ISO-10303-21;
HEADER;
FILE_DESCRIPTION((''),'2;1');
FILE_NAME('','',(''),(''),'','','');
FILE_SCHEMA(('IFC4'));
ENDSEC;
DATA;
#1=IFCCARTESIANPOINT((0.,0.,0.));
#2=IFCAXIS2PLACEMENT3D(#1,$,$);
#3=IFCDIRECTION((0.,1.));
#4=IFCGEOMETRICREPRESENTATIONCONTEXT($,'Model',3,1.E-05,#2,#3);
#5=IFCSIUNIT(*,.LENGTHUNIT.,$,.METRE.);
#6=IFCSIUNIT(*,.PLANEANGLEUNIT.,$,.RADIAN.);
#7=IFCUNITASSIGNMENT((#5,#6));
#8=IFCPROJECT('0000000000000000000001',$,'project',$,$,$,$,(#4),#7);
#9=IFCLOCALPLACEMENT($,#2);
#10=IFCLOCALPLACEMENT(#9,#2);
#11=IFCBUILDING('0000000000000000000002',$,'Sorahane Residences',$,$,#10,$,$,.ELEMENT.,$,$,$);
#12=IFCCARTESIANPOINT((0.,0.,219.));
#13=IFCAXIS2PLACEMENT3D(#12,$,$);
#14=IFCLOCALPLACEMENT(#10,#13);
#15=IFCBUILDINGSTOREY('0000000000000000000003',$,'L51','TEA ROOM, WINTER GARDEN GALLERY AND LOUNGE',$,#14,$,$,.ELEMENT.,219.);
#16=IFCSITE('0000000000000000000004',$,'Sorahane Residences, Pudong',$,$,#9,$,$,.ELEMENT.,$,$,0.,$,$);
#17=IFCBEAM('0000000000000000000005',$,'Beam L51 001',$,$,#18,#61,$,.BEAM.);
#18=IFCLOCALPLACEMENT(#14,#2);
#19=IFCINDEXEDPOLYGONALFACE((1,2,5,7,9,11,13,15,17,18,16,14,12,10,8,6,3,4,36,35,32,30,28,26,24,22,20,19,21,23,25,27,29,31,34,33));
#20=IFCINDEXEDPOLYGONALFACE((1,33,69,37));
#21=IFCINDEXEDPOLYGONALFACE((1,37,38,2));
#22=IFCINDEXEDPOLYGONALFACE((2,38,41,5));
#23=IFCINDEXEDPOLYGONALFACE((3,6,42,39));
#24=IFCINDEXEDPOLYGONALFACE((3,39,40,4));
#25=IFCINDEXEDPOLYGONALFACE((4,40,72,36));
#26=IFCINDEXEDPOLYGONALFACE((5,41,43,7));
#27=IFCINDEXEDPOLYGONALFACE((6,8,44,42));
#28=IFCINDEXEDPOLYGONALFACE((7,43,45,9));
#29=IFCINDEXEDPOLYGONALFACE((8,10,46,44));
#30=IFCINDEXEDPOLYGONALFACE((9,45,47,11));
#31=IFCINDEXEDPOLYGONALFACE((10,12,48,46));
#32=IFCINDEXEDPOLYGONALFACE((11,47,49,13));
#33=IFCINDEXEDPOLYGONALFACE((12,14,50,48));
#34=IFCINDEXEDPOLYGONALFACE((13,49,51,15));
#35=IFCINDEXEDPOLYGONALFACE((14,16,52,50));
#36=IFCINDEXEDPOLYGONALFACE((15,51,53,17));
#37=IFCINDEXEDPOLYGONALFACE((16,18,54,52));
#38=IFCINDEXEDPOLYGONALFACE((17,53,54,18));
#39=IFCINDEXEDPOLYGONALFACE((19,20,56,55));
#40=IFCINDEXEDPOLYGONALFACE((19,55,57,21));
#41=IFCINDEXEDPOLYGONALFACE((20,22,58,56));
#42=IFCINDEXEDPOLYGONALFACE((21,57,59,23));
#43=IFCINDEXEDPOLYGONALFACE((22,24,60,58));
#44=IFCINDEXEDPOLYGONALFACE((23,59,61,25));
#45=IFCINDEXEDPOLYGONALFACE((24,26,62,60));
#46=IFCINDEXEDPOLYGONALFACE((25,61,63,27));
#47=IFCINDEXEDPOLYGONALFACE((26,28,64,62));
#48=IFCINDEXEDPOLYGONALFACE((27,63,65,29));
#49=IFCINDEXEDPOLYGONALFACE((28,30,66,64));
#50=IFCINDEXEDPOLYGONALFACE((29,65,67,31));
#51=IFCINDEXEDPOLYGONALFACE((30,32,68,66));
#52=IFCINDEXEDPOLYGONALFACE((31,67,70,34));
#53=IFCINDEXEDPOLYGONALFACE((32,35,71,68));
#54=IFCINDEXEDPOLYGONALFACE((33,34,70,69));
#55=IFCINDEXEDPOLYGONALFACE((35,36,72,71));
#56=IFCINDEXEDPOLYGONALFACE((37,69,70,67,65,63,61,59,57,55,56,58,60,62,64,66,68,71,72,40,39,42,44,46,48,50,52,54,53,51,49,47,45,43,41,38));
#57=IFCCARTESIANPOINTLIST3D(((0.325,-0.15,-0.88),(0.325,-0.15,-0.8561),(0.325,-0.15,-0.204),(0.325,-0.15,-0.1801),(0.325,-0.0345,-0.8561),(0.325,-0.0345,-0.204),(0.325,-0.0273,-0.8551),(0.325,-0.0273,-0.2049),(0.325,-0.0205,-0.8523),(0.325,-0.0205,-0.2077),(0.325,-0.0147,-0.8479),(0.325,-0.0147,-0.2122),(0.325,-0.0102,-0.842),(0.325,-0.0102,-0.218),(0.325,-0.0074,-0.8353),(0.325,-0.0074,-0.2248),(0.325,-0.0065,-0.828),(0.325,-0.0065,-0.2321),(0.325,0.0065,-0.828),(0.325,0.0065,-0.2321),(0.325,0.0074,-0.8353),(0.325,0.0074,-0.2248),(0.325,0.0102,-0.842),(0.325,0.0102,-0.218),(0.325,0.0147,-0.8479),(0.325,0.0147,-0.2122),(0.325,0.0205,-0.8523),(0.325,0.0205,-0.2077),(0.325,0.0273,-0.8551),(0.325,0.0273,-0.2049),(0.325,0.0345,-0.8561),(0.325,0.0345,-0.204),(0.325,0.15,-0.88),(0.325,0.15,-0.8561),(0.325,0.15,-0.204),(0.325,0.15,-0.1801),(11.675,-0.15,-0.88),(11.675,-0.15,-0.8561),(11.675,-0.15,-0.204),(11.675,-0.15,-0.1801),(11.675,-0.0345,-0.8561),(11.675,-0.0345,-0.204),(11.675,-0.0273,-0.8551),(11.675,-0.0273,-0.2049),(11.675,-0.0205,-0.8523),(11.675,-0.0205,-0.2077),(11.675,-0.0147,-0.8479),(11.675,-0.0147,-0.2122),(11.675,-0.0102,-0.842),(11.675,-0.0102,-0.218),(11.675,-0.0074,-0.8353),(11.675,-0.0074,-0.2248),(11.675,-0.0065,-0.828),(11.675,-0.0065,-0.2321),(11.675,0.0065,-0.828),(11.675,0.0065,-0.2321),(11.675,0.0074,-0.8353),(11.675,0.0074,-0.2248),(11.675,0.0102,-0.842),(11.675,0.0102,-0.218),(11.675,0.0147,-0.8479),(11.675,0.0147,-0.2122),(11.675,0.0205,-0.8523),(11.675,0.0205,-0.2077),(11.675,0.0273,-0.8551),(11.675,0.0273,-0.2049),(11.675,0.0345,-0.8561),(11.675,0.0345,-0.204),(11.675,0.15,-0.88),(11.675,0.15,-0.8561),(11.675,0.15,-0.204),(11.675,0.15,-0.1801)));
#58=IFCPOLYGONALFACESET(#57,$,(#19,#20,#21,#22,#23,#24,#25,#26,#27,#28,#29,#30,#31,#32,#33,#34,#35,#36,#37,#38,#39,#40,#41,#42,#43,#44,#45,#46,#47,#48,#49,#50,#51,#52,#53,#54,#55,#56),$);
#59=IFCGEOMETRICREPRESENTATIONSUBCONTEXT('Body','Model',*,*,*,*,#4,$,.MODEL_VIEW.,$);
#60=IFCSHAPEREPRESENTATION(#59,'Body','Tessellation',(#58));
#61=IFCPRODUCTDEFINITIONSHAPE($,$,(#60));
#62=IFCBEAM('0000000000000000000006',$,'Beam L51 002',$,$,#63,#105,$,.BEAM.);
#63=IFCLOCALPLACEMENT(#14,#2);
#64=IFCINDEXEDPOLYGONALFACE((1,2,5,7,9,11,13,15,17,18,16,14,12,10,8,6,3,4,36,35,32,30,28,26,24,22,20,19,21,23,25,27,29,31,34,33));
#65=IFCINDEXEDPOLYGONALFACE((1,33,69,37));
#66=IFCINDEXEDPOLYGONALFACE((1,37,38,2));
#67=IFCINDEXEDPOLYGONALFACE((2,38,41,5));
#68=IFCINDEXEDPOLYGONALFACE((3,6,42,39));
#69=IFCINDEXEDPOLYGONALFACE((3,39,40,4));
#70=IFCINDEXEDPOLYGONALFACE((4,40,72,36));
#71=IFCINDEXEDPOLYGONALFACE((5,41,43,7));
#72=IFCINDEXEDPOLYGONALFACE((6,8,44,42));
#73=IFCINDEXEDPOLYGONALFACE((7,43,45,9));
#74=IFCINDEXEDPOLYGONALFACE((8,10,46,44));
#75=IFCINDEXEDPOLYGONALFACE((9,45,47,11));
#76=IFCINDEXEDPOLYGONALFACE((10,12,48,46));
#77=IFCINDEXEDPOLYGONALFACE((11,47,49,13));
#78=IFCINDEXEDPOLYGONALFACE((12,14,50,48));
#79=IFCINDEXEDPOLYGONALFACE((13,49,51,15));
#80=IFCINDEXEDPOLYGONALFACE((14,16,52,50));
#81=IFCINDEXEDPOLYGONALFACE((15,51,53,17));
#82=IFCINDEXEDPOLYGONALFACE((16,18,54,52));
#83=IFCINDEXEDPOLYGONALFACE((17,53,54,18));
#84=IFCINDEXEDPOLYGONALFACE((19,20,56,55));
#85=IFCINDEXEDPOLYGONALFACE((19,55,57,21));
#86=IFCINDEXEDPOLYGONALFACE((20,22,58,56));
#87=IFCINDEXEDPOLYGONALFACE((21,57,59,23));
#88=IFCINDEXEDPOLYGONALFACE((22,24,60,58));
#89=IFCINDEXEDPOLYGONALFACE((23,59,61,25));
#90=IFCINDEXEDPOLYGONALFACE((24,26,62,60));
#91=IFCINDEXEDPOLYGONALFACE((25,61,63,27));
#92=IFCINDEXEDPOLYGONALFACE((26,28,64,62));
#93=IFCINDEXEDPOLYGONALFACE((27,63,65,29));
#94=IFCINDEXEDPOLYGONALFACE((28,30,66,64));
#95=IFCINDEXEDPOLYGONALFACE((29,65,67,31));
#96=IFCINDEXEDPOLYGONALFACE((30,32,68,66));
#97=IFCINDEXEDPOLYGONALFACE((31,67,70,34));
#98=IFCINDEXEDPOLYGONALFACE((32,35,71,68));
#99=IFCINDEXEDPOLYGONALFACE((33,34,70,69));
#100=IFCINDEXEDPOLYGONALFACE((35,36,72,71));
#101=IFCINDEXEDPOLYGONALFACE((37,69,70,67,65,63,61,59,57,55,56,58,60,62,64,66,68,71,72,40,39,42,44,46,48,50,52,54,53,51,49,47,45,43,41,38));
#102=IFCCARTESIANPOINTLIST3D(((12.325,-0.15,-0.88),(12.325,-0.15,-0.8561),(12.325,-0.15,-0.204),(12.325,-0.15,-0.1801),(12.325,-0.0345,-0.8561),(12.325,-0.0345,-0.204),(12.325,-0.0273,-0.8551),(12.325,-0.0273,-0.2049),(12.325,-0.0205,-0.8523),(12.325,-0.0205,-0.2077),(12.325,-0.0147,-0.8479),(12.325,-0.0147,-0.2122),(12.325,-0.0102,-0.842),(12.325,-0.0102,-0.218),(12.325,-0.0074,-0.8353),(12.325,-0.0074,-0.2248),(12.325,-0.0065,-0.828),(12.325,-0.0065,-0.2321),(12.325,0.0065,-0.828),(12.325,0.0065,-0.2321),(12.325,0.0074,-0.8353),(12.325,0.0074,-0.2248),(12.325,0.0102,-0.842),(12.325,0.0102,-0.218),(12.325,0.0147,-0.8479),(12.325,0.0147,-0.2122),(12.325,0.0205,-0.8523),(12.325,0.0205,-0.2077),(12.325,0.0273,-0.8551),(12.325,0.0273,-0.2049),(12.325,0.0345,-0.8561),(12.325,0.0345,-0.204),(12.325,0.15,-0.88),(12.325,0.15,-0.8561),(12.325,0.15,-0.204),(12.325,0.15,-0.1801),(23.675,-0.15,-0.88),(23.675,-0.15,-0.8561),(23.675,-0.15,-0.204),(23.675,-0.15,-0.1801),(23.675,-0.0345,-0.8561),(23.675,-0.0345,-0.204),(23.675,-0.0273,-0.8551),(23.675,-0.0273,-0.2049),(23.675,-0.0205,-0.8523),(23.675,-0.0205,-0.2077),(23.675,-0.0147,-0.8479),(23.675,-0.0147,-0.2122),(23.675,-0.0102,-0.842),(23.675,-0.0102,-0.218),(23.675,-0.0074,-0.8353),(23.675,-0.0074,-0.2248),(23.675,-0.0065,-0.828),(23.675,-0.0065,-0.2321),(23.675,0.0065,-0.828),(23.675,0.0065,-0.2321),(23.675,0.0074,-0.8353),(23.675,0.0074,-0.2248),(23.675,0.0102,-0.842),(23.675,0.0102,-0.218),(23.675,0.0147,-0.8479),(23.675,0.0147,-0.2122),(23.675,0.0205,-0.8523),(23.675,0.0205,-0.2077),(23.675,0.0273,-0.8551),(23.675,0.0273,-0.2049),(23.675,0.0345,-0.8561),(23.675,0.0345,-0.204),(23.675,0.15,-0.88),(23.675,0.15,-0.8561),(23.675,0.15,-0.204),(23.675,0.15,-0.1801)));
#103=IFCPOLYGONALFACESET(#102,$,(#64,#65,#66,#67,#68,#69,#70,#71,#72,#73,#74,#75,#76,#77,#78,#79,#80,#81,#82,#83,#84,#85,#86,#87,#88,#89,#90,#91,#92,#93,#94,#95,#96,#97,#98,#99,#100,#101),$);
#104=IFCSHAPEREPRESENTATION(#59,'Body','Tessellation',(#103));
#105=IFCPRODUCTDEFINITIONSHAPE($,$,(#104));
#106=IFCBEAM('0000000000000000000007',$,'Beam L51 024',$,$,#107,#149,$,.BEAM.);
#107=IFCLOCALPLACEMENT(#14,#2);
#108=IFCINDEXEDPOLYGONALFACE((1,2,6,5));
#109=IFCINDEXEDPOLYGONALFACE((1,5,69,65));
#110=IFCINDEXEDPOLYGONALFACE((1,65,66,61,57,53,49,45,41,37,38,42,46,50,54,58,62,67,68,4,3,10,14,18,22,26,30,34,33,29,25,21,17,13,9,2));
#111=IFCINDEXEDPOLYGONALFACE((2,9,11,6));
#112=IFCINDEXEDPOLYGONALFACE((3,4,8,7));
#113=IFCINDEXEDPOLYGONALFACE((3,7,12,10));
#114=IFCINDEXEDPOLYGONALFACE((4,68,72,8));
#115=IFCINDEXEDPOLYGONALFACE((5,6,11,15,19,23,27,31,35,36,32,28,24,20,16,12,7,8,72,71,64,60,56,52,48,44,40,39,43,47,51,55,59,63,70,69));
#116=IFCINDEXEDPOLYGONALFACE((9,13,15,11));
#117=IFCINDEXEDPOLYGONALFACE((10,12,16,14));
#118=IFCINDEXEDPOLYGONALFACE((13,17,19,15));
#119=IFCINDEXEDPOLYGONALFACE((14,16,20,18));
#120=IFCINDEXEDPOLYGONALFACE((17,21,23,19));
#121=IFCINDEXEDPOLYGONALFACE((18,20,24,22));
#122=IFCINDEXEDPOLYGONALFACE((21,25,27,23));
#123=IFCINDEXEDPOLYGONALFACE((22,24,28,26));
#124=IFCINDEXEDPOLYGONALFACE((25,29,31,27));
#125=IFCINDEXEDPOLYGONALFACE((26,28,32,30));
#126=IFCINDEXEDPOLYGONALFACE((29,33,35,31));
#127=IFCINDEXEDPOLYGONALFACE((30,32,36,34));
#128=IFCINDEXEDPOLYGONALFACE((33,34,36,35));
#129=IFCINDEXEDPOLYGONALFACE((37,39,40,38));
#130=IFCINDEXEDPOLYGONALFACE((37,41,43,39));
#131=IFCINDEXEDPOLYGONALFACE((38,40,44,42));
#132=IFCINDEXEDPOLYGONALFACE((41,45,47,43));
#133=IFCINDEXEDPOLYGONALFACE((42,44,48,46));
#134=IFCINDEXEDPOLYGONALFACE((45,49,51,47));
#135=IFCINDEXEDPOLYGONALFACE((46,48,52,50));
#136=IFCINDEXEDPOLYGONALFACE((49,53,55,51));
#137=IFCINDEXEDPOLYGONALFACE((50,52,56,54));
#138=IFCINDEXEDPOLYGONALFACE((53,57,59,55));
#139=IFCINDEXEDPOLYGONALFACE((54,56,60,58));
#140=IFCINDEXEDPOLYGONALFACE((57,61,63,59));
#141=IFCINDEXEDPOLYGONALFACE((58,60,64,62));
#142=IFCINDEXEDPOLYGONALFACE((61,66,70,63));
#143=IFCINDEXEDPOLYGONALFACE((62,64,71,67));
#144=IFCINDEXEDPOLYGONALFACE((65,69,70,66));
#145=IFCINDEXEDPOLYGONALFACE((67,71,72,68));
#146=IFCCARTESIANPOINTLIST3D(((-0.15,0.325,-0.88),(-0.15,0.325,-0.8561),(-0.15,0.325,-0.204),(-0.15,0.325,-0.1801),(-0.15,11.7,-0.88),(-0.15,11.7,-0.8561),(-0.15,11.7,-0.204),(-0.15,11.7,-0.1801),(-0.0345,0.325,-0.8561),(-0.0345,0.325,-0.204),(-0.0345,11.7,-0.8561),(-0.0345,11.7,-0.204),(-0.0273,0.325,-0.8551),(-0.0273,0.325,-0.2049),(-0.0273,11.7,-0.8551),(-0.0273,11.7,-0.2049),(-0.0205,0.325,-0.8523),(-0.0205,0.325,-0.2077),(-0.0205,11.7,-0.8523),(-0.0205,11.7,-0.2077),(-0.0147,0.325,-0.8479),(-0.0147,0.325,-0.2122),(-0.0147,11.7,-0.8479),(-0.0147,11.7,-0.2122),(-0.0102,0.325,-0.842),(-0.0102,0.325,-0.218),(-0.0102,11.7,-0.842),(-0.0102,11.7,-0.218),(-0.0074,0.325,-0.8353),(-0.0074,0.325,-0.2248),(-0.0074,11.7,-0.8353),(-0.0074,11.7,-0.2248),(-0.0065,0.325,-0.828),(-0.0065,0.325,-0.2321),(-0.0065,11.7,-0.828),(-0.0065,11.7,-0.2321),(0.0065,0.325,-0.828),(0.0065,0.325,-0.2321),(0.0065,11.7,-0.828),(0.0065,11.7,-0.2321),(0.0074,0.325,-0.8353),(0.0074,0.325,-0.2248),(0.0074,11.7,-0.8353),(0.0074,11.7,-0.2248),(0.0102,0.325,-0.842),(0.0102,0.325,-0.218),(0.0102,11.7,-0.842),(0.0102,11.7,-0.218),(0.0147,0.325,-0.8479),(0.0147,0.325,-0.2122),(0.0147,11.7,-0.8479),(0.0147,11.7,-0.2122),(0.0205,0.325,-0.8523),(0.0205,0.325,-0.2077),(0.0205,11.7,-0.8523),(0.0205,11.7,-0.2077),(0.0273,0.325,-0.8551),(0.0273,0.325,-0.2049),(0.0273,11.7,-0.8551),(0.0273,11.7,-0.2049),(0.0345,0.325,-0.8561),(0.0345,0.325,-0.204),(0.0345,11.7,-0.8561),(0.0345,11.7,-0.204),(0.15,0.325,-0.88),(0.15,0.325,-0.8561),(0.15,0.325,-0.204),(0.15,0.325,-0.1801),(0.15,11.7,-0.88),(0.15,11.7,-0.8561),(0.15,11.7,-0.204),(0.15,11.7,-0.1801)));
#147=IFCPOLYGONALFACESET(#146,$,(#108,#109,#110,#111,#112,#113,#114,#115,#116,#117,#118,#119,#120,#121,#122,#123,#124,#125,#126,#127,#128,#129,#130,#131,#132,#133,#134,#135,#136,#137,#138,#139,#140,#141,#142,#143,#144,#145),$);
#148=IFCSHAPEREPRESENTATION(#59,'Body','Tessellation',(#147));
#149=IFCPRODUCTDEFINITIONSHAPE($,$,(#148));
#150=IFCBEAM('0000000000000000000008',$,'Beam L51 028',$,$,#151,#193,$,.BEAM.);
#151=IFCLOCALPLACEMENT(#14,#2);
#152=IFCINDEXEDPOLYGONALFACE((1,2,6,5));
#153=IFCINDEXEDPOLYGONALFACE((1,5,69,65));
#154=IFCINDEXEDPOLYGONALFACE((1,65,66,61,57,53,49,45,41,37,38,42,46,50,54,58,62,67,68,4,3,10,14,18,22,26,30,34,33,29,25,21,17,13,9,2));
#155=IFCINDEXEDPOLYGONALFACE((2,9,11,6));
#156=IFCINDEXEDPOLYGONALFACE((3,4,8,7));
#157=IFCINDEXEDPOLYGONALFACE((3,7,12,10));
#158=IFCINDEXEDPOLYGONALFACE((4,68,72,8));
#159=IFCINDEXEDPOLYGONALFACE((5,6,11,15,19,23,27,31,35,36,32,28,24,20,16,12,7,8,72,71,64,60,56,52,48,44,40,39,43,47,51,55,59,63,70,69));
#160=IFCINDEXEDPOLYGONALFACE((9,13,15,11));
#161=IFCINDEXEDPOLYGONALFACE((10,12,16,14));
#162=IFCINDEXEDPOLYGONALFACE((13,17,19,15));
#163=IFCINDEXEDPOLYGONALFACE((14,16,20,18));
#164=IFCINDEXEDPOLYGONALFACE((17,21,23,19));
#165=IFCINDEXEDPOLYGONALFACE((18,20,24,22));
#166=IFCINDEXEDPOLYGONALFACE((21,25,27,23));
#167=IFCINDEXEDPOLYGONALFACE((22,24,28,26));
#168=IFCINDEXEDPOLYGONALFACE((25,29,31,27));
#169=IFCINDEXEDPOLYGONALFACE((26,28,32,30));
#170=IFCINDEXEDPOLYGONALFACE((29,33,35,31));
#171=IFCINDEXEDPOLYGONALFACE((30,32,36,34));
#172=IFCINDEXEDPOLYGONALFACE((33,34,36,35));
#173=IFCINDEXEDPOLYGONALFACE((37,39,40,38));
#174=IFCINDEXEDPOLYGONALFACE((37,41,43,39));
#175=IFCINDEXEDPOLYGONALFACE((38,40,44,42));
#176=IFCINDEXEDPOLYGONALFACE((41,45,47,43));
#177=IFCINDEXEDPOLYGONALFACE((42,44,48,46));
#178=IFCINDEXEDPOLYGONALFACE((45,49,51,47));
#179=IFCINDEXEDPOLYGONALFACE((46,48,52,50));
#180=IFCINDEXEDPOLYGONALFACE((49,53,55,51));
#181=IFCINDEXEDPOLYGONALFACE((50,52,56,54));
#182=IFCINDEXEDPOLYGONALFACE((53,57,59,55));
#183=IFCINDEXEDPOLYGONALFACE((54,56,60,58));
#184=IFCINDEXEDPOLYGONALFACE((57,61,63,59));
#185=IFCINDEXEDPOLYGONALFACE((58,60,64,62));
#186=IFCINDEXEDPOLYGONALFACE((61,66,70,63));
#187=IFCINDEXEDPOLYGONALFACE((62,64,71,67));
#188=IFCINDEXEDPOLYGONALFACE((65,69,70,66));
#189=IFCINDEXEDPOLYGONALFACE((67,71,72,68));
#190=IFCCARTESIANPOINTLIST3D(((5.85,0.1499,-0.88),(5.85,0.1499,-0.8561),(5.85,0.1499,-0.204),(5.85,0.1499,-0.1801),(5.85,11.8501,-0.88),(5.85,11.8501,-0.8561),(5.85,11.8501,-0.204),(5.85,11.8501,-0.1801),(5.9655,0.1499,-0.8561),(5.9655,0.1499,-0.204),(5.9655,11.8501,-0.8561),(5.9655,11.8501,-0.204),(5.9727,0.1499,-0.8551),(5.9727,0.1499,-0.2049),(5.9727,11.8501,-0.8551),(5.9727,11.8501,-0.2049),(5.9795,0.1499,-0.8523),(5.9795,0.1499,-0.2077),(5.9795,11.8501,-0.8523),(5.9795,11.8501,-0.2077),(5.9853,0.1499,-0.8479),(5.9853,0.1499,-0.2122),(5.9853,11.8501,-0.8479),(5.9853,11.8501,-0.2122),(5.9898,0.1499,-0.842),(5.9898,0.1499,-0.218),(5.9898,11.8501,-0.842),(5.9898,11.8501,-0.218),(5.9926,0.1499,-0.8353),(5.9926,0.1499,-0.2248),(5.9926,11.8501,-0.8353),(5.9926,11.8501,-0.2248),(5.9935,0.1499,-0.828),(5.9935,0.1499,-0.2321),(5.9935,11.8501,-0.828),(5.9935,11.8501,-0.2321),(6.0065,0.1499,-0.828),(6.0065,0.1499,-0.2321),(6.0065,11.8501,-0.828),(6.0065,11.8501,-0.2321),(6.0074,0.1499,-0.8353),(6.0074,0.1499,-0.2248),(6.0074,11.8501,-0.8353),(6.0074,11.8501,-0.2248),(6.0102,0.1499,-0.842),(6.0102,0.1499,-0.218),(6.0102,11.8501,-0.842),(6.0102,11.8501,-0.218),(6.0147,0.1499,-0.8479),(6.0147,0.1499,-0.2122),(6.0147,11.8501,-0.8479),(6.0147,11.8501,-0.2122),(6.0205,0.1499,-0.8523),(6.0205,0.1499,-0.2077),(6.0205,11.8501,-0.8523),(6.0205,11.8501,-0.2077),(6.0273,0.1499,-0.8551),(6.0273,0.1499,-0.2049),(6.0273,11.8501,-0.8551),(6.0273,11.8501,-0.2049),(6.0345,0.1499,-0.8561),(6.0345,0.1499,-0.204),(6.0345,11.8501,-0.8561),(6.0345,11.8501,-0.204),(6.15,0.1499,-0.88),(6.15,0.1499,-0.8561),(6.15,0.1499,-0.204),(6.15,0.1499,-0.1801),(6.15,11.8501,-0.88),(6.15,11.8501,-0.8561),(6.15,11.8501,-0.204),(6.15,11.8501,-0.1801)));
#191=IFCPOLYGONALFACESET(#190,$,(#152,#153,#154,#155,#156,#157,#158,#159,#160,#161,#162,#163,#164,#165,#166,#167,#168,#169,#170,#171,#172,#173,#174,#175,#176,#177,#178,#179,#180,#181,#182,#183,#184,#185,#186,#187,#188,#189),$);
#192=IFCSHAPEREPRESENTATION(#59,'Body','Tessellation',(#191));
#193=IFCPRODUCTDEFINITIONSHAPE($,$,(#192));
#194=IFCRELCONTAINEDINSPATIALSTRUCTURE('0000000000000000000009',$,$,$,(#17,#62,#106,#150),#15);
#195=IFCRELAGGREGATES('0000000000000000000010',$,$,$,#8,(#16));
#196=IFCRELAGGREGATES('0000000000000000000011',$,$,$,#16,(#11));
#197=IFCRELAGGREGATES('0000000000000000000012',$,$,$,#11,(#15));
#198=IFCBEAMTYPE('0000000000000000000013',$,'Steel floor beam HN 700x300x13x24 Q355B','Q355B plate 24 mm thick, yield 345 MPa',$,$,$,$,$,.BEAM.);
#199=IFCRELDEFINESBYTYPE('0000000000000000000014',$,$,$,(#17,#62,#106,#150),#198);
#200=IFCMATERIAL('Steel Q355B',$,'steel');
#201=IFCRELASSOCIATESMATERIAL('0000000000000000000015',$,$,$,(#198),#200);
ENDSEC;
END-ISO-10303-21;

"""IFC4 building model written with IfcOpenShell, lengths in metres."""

from ifc_helpers import new_model, si_unit, direction, frame, origin, origin_2d, place, context, subcontext, project, spatial, i_section, extrude, material, material_profile, profile_set, type_object, element, save


model = new_model("IFC4")

# Units and contexts
model_context = context("Model", 3, precision=1e-05, world=origin(), true_north=direction((0.0, 1.0)))
body_context = subcontext(model_context, "Body", "Model", "MODEL_VIEW")
ifc_project = project(units=[si_unit("LENGTHUNIT", "METRE"), si_unit("PLANEANGLEUNIT", "RADIAN")], contexts=[model_context])

# Site, building, storey
site_placement = place(None, origin())
site = spatial("IfcSite", under=ifc_project, at=site_placement, Name="Sorahane Residences, Pudong", CompositionType="ELEMENT", RefElevation=0.0)
building_placement = place(site_placement, origin())
building = spatial("IfcBuilding", under=site, at=building_placement, Name="Sorahane Residences", CompositionType="ELEMENT")
storey_placement = place(building_placement, frame((0.0, 0.0, 219.0)))
storey = spatial("IfcBuildingStorey", under=building, at=storey_placement, Name="L51", Description="TEA ROOM, WINTER GARDEN GALLERY AND LOUNGE", CompositionType="ELEMENT", Elevation=219.0)

# Beams
ifc_material_1 = material(Name="Steel Q355B", Category="steel")
ifc_material_profile_1 = material_profile(ifc_material_1, i_section(OverallWidth=0.3, OverallDepth=0.7, WebThickness=0.0129, FlangeThickness=0.0239, FilletRadius=0.0281, at=origin_2d()), Name="HN 700x300x13x24")
ifc_profile_set_1 = profile_set([ifc_material_profile_1], Name="Steel Q355B")
beam_type_1 = type_object("IfcBeamType", Name="Steel floor beam HN 700x300x13x24 Q355B", Description="Q355B plate 24 mm thick, yield 345 MPa", PredefinedType="BEAM", material=ifc_profile_set_1)
for number, where, z_axis, x_axis, name in (
    (1, (0.325, 0.0, -0.53), (1.0, 0.0, 0.0), (0.0, 1.0, 0.0), "Beam L51 001"),
    (2, (12.325, 0.0, -0.53), (1.0, 0.0, 0.0), (0.0, 1.0, 0.0), "Beam L51 002"),
):
    element("IfcBeam", number, at=place(storey_placement, frame(where, z_axis=z_axis, x_axis=x_axis)), inside=storey, type_object=beam_type_1, Name=name, PredefinedType="BEAM", context=body_context, shape_type="SweptSolid", body=[
        extrude(i_section(OverallWidth=0.3, OverallDepth=0.7, WebThickness=0.0129, FlangeThickness=0.0239, FilletRadius=0.0281, at=origin_2d()), origin(), (0.0, 0.0, 1.0), 11.3501),
    ])
beam_1_placement = place(storey_placement, frame((0.0, 0.325, -0.53), z_axis=(0.0, 1.0, 0.0), x_axis=(-1.0, 0.0, 0.0)))
element("IfcBeam", 3, at=beam_1_placement, inside=storey, type_object=beam_type_1, Name="Beam L51 024", PredefinedType="BEAM", context=body_context, shape_type="SweptSolid", body=[
    extrude(i_section(OverallWidth=0.3, OverallDepth=0.7, WebThickness=0.0129, FlangeThickness=0.0239, FilletRadius=0.0281, at=origin_2d()), origin(), (0.0, 0.0, 1.0), 11.375),
])
beam_2_placement = place(storey_placement, frame((6.0, 0.1499, -0.53), z_axis=(0.0, 1.0, 0.0), x_axis=(-1.0, 0.0, 0.0)))
element("IfcBeam", 4, at=beam_2_placement, inside=storey, type_object=beam_type_1, Name="Beam L51 028", PredefinedType="BEAM", context=body_context, shape_type="SweptSolid", body=[
    extrude(i_section(OverallWidth=0.3, OverallDepth=0.7, WebThickness=0.0129, FlangeThickness=0.0239, FilletRadius=0.0281, at=origin_2d()), origin(), (0.0, 0.0, 1.0), 11.7002),
])

save(model, "model.ifc")
